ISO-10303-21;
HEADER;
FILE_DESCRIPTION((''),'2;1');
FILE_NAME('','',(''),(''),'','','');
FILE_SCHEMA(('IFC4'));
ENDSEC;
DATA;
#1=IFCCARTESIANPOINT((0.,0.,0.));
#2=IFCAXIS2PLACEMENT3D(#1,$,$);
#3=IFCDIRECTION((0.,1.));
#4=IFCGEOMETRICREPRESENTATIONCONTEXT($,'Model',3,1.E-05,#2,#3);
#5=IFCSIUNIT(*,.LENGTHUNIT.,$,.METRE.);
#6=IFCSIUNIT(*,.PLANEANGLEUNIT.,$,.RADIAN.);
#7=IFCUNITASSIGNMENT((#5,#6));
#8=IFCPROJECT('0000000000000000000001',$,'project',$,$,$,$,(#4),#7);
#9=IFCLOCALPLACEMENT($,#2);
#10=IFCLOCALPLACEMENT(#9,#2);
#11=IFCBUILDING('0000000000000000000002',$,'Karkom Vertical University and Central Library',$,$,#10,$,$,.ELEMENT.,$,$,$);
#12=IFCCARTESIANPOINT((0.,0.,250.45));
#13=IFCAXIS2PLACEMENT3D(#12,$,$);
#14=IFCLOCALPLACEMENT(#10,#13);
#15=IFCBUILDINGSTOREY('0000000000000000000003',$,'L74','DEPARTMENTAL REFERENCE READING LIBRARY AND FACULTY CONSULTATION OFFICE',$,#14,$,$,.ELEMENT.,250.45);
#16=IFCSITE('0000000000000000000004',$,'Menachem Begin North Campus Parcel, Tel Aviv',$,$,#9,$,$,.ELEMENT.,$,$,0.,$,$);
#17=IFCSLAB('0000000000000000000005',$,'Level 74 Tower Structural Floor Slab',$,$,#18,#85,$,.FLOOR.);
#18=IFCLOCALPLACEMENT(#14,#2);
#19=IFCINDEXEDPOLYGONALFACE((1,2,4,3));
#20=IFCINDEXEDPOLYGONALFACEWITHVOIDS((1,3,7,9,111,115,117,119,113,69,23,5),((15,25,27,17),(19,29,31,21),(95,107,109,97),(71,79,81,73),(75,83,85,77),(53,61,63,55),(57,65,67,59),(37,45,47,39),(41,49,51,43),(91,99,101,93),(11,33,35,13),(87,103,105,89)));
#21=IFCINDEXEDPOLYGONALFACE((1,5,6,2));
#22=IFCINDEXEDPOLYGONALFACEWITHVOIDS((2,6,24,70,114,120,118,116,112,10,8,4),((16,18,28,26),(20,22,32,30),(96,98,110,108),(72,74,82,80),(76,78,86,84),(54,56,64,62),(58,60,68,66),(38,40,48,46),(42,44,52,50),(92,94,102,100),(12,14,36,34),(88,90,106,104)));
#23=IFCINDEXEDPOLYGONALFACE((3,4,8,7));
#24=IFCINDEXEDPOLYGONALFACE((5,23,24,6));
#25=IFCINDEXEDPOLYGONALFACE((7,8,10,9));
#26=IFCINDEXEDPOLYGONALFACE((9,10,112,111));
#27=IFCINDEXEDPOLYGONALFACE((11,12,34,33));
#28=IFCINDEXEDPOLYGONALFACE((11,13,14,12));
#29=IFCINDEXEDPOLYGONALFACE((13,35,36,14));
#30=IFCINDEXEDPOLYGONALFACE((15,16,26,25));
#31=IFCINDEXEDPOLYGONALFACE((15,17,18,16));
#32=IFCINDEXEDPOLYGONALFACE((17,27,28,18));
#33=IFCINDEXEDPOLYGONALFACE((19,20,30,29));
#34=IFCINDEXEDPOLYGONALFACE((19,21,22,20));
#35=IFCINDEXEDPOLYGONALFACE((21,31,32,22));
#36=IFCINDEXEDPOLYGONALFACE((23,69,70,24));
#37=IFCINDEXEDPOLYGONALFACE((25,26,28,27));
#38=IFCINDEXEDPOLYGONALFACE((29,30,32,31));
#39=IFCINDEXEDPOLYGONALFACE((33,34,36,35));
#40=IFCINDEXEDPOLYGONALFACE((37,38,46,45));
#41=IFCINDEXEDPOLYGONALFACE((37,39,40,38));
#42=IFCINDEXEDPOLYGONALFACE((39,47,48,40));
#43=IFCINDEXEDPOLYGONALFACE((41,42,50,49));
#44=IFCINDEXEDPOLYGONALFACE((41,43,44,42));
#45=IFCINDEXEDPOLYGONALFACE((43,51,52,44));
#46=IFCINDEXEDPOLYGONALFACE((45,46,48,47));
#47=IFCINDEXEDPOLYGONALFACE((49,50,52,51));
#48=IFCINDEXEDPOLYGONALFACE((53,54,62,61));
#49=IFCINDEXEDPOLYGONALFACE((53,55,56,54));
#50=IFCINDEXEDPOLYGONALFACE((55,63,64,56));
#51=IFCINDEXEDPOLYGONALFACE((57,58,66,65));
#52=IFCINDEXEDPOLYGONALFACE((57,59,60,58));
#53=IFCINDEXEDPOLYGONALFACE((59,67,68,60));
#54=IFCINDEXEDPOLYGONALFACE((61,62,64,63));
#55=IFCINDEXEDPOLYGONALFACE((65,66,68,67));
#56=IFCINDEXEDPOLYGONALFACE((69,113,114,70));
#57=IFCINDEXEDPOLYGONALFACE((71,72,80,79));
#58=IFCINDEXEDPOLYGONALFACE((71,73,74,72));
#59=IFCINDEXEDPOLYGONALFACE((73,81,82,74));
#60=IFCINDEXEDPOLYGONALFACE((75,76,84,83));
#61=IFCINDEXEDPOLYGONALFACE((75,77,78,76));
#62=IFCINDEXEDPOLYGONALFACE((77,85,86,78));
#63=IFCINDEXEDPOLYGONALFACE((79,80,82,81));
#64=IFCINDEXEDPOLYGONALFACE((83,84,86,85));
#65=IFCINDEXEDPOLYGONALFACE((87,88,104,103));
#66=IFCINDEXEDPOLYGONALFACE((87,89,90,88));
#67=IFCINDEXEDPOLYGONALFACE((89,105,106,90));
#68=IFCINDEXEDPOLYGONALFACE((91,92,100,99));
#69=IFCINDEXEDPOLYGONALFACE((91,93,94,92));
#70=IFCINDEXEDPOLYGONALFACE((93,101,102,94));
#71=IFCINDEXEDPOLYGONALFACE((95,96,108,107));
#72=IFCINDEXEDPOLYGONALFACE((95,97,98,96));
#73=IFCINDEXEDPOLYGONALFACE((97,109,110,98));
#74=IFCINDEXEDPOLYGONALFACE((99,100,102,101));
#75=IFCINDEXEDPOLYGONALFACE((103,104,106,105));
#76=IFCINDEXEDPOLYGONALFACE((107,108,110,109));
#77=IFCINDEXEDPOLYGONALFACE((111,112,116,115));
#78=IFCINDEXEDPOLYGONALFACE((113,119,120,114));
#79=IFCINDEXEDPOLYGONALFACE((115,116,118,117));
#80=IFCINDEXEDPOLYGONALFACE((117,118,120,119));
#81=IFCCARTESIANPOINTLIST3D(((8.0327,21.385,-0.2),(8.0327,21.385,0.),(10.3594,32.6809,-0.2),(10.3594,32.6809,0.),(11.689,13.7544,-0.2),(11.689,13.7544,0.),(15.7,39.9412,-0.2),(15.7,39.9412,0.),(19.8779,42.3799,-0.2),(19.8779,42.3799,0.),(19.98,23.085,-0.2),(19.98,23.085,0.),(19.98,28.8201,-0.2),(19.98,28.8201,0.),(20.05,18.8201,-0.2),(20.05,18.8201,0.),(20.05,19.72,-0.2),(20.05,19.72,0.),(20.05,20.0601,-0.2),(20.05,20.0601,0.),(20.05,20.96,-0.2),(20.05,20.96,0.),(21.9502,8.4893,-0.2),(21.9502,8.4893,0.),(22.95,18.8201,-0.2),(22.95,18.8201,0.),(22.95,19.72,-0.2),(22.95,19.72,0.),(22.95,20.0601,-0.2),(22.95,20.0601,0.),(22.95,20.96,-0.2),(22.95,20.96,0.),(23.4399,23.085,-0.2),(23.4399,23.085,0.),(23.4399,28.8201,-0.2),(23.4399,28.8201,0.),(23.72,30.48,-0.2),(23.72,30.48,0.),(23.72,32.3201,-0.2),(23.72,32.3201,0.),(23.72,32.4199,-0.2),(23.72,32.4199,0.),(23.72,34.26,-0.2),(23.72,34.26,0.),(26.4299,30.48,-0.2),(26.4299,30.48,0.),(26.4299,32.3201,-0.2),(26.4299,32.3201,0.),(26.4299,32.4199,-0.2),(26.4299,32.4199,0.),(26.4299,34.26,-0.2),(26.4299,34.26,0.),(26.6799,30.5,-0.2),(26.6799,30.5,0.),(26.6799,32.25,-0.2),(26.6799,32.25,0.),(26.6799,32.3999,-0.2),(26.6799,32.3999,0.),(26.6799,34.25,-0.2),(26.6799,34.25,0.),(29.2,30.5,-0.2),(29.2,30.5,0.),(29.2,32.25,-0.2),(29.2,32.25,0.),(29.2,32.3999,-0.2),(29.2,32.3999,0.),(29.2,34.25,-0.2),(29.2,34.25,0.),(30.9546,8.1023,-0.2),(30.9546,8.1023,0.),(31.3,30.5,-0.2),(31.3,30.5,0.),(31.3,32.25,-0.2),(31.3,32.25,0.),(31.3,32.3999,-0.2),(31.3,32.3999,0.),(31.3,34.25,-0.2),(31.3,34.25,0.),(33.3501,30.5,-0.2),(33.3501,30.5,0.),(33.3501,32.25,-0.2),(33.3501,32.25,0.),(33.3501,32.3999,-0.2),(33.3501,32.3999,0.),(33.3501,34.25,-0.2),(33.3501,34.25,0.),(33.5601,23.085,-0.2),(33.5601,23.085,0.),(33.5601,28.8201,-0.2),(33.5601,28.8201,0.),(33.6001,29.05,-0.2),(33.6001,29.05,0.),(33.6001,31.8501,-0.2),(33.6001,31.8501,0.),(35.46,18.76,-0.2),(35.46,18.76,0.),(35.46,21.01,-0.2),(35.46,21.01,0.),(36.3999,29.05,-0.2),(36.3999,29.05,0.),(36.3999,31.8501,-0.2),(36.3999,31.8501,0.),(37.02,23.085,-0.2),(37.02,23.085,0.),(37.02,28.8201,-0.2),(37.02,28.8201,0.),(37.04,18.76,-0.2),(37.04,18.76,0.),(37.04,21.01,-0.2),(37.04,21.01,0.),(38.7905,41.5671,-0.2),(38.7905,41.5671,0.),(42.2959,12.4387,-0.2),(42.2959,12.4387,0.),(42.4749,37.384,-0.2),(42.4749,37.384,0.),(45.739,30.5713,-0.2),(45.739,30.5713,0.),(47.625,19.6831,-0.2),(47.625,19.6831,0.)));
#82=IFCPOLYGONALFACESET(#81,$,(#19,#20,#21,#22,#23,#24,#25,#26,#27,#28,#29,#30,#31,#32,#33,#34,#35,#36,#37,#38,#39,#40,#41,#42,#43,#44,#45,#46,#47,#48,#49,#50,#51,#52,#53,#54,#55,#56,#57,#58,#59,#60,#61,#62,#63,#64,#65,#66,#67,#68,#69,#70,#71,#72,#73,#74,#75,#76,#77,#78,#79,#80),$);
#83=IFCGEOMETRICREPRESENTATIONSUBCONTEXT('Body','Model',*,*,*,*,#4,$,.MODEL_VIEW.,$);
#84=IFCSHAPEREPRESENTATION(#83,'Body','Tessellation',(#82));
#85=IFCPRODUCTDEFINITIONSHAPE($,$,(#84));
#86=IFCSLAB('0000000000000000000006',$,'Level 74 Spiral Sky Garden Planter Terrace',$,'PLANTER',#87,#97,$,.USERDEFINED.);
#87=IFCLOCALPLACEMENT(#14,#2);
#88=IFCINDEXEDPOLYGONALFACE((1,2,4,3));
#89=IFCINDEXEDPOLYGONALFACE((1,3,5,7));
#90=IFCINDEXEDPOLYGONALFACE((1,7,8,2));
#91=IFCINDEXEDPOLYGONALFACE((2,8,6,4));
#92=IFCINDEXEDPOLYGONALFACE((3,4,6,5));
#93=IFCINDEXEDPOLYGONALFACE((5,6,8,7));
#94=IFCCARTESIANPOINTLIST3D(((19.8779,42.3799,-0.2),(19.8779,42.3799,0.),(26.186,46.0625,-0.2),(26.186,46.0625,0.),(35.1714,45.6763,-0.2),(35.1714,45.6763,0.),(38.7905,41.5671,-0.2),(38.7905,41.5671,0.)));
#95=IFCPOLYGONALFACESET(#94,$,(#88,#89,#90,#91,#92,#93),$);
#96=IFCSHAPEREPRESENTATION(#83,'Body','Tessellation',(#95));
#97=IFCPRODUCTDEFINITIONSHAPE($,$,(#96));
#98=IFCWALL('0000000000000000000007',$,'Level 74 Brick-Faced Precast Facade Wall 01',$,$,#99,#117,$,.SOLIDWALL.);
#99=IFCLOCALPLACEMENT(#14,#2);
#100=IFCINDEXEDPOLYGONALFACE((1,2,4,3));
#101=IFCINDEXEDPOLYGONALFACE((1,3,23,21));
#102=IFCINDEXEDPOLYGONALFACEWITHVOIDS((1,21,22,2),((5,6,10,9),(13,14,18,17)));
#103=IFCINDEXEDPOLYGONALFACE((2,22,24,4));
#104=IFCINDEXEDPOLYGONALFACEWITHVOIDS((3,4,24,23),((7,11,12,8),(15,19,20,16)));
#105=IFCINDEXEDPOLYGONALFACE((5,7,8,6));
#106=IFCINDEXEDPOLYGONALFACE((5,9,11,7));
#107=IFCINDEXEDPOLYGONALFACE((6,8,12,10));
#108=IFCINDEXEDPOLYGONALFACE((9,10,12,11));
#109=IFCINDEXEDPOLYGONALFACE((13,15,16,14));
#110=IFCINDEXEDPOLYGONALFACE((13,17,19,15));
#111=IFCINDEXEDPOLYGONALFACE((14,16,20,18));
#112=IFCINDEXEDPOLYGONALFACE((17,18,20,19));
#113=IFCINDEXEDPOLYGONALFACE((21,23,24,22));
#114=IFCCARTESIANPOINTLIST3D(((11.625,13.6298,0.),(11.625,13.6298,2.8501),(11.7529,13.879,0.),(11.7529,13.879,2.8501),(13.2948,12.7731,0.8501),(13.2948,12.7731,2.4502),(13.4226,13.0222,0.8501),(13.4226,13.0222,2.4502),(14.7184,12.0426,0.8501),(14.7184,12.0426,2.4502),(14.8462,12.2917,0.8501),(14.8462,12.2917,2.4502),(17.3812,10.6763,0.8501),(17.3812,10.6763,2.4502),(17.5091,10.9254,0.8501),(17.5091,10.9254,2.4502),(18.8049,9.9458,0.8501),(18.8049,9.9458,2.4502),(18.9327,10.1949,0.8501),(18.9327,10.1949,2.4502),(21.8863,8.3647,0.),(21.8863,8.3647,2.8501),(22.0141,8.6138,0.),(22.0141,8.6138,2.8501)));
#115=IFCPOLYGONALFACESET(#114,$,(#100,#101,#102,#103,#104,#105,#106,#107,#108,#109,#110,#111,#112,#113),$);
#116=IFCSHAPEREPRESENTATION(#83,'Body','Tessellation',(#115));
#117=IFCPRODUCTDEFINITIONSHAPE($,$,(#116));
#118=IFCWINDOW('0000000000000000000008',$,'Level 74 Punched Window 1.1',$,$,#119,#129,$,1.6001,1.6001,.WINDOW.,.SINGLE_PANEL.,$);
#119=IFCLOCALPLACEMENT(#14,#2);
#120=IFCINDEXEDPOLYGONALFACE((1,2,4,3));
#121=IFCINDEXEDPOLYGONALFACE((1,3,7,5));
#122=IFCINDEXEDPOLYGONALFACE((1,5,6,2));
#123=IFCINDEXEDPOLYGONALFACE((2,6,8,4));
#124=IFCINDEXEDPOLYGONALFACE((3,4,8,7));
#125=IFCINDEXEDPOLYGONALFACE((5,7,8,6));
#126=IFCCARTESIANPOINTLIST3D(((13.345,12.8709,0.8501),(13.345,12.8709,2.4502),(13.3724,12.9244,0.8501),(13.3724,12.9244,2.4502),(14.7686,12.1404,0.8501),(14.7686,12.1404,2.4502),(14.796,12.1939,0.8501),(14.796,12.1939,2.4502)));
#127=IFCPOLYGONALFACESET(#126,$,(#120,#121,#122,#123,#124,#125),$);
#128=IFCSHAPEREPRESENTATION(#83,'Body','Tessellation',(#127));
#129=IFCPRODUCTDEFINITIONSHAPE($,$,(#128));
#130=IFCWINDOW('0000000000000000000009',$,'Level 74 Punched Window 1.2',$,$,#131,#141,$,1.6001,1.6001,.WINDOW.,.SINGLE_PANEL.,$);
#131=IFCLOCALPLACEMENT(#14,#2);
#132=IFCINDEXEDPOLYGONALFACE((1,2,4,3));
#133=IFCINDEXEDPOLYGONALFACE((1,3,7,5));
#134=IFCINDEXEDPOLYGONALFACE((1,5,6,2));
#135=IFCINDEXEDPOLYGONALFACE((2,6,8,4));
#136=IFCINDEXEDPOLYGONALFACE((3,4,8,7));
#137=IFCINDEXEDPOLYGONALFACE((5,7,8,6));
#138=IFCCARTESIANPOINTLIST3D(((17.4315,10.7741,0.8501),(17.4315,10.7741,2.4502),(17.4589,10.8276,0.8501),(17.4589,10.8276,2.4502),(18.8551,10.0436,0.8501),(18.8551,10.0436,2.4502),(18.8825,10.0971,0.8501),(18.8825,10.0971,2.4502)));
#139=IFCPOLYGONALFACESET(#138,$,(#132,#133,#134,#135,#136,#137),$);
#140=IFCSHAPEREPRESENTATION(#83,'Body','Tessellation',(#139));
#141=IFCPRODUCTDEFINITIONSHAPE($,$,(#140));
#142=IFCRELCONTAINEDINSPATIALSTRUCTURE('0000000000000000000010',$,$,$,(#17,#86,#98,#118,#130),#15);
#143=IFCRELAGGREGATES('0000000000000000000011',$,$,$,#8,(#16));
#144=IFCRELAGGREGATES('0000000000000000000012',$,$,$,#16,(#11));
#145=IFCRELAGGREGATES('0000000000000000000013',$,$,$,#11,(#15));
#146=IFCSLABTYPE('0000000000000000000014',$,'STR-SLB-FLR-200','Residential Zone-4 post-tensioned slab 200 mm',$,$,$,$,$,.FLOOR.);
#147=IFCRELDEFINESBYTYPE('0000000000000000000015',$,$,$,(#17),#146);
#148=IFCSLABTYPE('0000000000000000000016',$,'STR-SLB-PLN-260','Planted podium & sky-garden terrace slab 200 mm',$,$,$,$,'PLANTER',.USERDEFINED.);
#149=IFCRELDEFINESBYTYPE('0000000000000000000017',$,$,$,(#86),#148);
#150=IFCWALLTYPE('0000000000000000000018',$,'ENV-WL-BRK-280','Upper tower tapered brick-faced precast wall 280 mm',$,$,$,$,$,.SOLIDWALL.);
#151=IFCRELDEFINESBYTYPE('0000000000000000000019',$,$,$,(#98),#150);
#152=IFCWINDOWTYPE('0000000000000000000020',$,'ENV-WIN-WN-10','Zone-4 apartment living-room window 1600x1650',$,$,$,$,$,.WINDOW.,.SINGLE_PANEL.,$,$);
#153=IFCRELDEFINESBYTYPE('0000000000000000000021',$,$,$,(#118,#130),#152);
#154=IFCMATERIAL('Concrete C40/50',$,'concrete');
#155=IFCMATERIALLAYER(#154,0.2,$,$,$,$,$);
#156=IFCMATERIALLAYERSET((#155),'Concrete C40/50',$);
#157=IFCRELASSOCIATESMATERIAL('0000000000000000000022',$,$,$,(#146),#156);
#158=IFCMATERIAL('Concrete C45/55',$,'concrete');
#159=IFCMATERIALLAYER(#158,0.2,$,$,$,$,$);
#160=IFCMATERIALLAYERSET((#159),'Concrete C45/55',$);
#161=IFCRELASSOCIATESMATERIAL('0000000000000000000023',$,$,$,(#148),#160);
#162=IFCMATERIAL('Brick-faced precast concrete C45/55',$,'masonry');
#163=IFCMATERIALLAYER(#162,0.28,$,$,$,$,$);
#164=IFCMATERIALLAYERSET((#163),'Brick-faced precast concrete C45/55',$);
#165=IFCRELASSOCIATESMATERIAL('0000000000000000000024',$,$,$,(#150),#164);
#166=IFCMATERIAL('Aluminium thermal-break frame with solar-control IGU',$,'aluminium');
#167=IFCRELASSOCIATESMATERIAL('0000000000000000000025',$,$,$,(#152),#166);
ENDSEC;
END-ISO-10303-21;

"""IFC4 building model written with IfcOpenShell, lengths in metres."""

from ifc_helpers import new_model, si_unit, direction, frame, frame_2d, origin, origin_with_axes, place, context, subcontext, project, spatial, polyline, rectangle, outline, extrude, source, transform, mapped, material, layer, layer_set, type_object, element, fill, save


model = new_model("IFC4")

# Units and contexts
model_context = context("Model", 3, precision=1e-05, world=origin(), true_north=direction((0.0, 1.0)))
body_context = subcontext(model_context, "Body", "Model", "MODEL_VIEW")
ifc_project = project(units=[si_unit("LENGTHUNIT", "METRE"), si_unit("PLANEANGLEUNIT", "RADIAN")], contexts=[model_context])

# Site, building, storey
site_placement = place(None, origin())
site = spatial("IfcSite", under=ifc_project, at=site_placement, Name="Menachem Begin North Campus Parcel, Tel Aviv", CompositionType="ELEMENT", RefElevation=0.0)
building_placement = place(site_placement, origin())
building = spatial("IfcBuilding", under=site, at=building_placement, Name="Karkom Vertical University and Central Library", CompositionType="ELEMENT")
storey_placement = place(building_placement, frame((0.0, 0.0, 250.45)))
storey = spatial("IfcBuildingStorey", under=building, at=storey_placement, Name="L74", Description="DEPARTMENTAL REFERENCE READING LIBRARY AND FACULTY CONSULTATION OFFICE", CompositionType="ELEMENT", Elevation=250.45)

# Shared definitions
ifc_material_1 = material(Name="Concrete C45/55", Category="concrete")

# Slabs
ifc_material_2 = material(Name="Concrete C40/50", Category="concrete")
ifc_layer_1 = layer(ifc_material_2, 0.2)
ifc_layer_set_1 = layer_set([ifc_layer_1], Name="Concrete C40/50")
slab_type_1 = type_object("IfcSlabType", Name="STR-SLB-FLR-200", Description="Residential Zone-4 post-tensioned slab 200 mm", PredefinedType="FLOOR", material=ifc_layer_set_1)
slab_1_placement = place(storey_placement, frame((0.0, 0.0, -0.2)))
element("IfcSlab", 1, at=slab_1_placement, inside=storey, type_object=slab_type_1, Name="Level 74 Tower Structural Floor Slab", PredefinedType="FLOOR", context=body_context, shape_type="SweptSolid", body=[
    extrude(outline(polyline([(11.689, 13.7544), (21.9502, 8.4893), (30.9546, 8.1023), (42.2959, 12.4387), (47.625, 19.6831), (45.739, 30.5713), (42.4749, 37.384), (38.7905, 41.5671), (19.8779, 42.3799), (15.7, 39.9412), (10.3594, 32.6809), (8.0327, 21.385), (11.689, 13.7544)]), holes=[polyline([(19.98, 23.085), (23.4399, 23.085), (23.4399, 28.8201), (19.98, 28.8201), (19.98, 23.085)]), polyline([(33.5601, 23.085), (37.02, 23.085), (37.02, 28.8201), (33.5601, 28.8201), (33.5601, 23.085)]), polyline([(26.6799, 30.5), (29.2, 30.5), (29.2, 32.25), (26.6799, 32.25), (26.6799, 30.5)]), polyline([(26.6799, 32.3999), (29.2, 32.3999), (29.2, 34.25), (26.6799, 34.25), (26.6799, 32.3999)]), polyline([(31.3, 30.5), (33.3501, 30.5), (33.3501, 32.25), (31.3, 32.25), (31.3, 30.5)]), polyline([(31.3, 32.3999), (33.3501, 32.3999), (33.3501, 34.25), (31.3, 34.25), (31.3, 32.3999)]), polyline([(23.72, 30.48), (26.4299, 30.48), (26.4299, 32.3201), (23.72, 32.3201), (23.72, 30.48)]), polyline([(23.72, 32.4199), (26.4299, 32.4199), (26.4299, 34.26), (23.72, 34.26), (23.72, 32.4199)]), polyline([(33.6001, 29.05), (36.3999, 29.05), (36.3999, 31.8501), (33.6001, 31.8501), (33.6001, 29.05)]), polyline([(20.05, 18.8201), (22.95, 18.8201), (22.95, 19.72), (20.05, 19.72), (20.05, 18.8201)]), polyline([(20.05, 20.0601), (22.95, 20.0601), (22.95, 20.96), (20.05, 20.96), (20.05, 20.0601)]), polyline([(35.46, 18.76), (37.04, 18.76), (37.04, 21.01), (35.46, 21.01), (35.46, 18.76)])]), origin(), (0.0, 0.0, 1.0), 0.2),
])
ifc_layer_2 = layer(ifc_material_1, 0.2)
ifc_layer_set_2 = layer_set([ifc_layer_2], Name="Concrete C45/55")
slab_type_2 = type_object("IfcSlabType", Name="STR-SLB-PLN-260", Description="Planted podium & sky-garden terrace slab 200 mm", ElementType="PLANTER", PredefinedType="USERDEFINED", material=ifc_layer_set_2)
slab_2_placement = place(storey_placement, frame((0.0, 0.0, -0.2)))
element("IfcSlab", 2, at=slab_2_placement, inside=storey, type_object=slab_type_2, Name="Level 74 Spiral Sky Garden Planter Terrace", ObjectType="PLANTER", PredefinedType="USERDEFINED", context=body_context, shape_type="SweptSolid", body=[
    extrude(outline(polyline([(38.7905, 41.5671), (35.1714, 45.6763), (26.186, 46.0625), (19.8779, 42.3799), (38.7905, 41.5671)])), origin(), (0.0, 0.0, 1.0), 0.2),
])

# Wall, openings, windows
ifc_material_3 = material(Name="Brick-faced precast concrete C45/55", Category="masonry")
ifc_layer_3 = layer(ifc_material_3, 0.28)
ifc_layer_set_3 = layer_set([ifc_layer_3], Name="Brick-faced precast concrete C45/55")
wall_type_1 = type_object("IfcWallType", Name="ENV-WL-BRK-280", Description="Upper tower tapered brick-faced precast wall 280 mm", PredefinedType="SOLIDWALL", material=ifc_layer_set_3)
wall_1_placement = place(storey_placement, frame((11.689, 13.7544, 0.0), z_axis=(0.0, 0.0, 1.0), x_axis=(0.889713, -0.45652, 0.0)))
wall_1 = element("IfcWall", 3, at=wall_1_placement, inside=storey, type_object=wall_type_1, Name="Level 74 Brick-Faced Precast Facade Wall 01", PredefinedType="SOLIDWALL", context=body_context, shape_type="SweptSolid", body=[
    extrude(rectangle(XDim=11.5332, YDim=0.28, at=frame_2d((5.7666, 0.0))), origin(), (0.0, 0.0, 1.0), 2.8501),
])
opening_1_placement = place(wall_1_placement, frame((1.8767, 0.0, 0.8501)))
opening_1 = element("IfcOpeningElement", 4, at=opening_1_placement, cuts=wall_1, PredefinedType="OPENING", context=body_context, shape_type="SweptSolid", body=[
    extrude(rectangle(XDim=1.6001, YDim=1.6001, at=frame_2d((0.8, 0.8))), frame((0.0, 0.1499, 0.0), z_axis=(0.0, -1.0, 0.0), x_axis=(1.0, 0.0, 0.0)), (0.0, 0.0, 1.0), 0.3),
])
opening_2_placement = place(wall_1_placement, frame((6.4697, 0.0, 0.8501)))
opening_2 = element("IfcOpeningElement", 5, at=opening_2_placement, cuts=wall_1, PredefinedType="OPENING", context=body_context, shape_type="SweptSolid", body=[
    extrude(rectangle(XDim=1.6001, YDim=1.6001, at=frame_2d((0.8, 0.8))), frame((0.0, 0.1499, 0.0), z_axis=(0.0, -1.0, 0.0), x_axis=(1.0, 0.0, 0.0)), (0.0, 0.0, 1.0), 0.3),
])
ifc_material_4 = material(Name="Aluminium thermal-break frame with solar-control IGU", Category="aluminium")
window_type = type_object("IfcWindowType", Name="ENV-WIN-WN-10", Description="Zone-4 apartment living-room window 1600x1650", PartitioningType="SINGLE_PANEL", PredefinedType="WINDOW", material=ifc_material_4)
shared_shape_1 = source(origin_with_axes(), body_context, "Body", "SweptSolid", [
    extrude(rectangle(XDim=1.6001, YDim=1.6001, at=frame_2d((0.8, 0.8))), frame((0.0, 0.03, 0.0), z_axis=(0.0, -1.0, 0.0), x_axis=(1.0, 0.0, 0.0)), (0.0, 0.0, 1.0), 0.0601),
])
window_1_placement = place(opening_1_placement, origin())
window_1 = element("IfcWindow", 6, at=window_1_placement, inside=storey, type_object=window_type, Name="Level 74 Punched Window 1.1", OverallHeight=1.6001, OverallWidth=1.6001, PartitioningType="SINGLE_PANEL", PredefinedType="WINDOW", context=body_context, shape_type="MappedRepresentation", body=[
    mapped(shared_shape_1, transform((0.0, 0.0, 0.0), scale=1.0)),
])
fill(opening_1, window_1)
window_2_placement = place(opening_2_placement, origin())
window_2 = element("IfcWindow", 7, at=window_2_placement, inside=storey, type_object=window_type, Name="Level 74 Punched Window 1.2", OverallHeight=1.6001, OverallWidth=1.6001, PartitioningType="SINGLE_PANEL", PredefinedType="WINDOW", context=body_context, shape_type="MappedRepresentation", body=[
    mapped(shared_shape_1, transform((0.0, 0.0, 0.0), scale=1.0)),
])
fill(opening_2, window_2)

save(model, "model.ifc")
